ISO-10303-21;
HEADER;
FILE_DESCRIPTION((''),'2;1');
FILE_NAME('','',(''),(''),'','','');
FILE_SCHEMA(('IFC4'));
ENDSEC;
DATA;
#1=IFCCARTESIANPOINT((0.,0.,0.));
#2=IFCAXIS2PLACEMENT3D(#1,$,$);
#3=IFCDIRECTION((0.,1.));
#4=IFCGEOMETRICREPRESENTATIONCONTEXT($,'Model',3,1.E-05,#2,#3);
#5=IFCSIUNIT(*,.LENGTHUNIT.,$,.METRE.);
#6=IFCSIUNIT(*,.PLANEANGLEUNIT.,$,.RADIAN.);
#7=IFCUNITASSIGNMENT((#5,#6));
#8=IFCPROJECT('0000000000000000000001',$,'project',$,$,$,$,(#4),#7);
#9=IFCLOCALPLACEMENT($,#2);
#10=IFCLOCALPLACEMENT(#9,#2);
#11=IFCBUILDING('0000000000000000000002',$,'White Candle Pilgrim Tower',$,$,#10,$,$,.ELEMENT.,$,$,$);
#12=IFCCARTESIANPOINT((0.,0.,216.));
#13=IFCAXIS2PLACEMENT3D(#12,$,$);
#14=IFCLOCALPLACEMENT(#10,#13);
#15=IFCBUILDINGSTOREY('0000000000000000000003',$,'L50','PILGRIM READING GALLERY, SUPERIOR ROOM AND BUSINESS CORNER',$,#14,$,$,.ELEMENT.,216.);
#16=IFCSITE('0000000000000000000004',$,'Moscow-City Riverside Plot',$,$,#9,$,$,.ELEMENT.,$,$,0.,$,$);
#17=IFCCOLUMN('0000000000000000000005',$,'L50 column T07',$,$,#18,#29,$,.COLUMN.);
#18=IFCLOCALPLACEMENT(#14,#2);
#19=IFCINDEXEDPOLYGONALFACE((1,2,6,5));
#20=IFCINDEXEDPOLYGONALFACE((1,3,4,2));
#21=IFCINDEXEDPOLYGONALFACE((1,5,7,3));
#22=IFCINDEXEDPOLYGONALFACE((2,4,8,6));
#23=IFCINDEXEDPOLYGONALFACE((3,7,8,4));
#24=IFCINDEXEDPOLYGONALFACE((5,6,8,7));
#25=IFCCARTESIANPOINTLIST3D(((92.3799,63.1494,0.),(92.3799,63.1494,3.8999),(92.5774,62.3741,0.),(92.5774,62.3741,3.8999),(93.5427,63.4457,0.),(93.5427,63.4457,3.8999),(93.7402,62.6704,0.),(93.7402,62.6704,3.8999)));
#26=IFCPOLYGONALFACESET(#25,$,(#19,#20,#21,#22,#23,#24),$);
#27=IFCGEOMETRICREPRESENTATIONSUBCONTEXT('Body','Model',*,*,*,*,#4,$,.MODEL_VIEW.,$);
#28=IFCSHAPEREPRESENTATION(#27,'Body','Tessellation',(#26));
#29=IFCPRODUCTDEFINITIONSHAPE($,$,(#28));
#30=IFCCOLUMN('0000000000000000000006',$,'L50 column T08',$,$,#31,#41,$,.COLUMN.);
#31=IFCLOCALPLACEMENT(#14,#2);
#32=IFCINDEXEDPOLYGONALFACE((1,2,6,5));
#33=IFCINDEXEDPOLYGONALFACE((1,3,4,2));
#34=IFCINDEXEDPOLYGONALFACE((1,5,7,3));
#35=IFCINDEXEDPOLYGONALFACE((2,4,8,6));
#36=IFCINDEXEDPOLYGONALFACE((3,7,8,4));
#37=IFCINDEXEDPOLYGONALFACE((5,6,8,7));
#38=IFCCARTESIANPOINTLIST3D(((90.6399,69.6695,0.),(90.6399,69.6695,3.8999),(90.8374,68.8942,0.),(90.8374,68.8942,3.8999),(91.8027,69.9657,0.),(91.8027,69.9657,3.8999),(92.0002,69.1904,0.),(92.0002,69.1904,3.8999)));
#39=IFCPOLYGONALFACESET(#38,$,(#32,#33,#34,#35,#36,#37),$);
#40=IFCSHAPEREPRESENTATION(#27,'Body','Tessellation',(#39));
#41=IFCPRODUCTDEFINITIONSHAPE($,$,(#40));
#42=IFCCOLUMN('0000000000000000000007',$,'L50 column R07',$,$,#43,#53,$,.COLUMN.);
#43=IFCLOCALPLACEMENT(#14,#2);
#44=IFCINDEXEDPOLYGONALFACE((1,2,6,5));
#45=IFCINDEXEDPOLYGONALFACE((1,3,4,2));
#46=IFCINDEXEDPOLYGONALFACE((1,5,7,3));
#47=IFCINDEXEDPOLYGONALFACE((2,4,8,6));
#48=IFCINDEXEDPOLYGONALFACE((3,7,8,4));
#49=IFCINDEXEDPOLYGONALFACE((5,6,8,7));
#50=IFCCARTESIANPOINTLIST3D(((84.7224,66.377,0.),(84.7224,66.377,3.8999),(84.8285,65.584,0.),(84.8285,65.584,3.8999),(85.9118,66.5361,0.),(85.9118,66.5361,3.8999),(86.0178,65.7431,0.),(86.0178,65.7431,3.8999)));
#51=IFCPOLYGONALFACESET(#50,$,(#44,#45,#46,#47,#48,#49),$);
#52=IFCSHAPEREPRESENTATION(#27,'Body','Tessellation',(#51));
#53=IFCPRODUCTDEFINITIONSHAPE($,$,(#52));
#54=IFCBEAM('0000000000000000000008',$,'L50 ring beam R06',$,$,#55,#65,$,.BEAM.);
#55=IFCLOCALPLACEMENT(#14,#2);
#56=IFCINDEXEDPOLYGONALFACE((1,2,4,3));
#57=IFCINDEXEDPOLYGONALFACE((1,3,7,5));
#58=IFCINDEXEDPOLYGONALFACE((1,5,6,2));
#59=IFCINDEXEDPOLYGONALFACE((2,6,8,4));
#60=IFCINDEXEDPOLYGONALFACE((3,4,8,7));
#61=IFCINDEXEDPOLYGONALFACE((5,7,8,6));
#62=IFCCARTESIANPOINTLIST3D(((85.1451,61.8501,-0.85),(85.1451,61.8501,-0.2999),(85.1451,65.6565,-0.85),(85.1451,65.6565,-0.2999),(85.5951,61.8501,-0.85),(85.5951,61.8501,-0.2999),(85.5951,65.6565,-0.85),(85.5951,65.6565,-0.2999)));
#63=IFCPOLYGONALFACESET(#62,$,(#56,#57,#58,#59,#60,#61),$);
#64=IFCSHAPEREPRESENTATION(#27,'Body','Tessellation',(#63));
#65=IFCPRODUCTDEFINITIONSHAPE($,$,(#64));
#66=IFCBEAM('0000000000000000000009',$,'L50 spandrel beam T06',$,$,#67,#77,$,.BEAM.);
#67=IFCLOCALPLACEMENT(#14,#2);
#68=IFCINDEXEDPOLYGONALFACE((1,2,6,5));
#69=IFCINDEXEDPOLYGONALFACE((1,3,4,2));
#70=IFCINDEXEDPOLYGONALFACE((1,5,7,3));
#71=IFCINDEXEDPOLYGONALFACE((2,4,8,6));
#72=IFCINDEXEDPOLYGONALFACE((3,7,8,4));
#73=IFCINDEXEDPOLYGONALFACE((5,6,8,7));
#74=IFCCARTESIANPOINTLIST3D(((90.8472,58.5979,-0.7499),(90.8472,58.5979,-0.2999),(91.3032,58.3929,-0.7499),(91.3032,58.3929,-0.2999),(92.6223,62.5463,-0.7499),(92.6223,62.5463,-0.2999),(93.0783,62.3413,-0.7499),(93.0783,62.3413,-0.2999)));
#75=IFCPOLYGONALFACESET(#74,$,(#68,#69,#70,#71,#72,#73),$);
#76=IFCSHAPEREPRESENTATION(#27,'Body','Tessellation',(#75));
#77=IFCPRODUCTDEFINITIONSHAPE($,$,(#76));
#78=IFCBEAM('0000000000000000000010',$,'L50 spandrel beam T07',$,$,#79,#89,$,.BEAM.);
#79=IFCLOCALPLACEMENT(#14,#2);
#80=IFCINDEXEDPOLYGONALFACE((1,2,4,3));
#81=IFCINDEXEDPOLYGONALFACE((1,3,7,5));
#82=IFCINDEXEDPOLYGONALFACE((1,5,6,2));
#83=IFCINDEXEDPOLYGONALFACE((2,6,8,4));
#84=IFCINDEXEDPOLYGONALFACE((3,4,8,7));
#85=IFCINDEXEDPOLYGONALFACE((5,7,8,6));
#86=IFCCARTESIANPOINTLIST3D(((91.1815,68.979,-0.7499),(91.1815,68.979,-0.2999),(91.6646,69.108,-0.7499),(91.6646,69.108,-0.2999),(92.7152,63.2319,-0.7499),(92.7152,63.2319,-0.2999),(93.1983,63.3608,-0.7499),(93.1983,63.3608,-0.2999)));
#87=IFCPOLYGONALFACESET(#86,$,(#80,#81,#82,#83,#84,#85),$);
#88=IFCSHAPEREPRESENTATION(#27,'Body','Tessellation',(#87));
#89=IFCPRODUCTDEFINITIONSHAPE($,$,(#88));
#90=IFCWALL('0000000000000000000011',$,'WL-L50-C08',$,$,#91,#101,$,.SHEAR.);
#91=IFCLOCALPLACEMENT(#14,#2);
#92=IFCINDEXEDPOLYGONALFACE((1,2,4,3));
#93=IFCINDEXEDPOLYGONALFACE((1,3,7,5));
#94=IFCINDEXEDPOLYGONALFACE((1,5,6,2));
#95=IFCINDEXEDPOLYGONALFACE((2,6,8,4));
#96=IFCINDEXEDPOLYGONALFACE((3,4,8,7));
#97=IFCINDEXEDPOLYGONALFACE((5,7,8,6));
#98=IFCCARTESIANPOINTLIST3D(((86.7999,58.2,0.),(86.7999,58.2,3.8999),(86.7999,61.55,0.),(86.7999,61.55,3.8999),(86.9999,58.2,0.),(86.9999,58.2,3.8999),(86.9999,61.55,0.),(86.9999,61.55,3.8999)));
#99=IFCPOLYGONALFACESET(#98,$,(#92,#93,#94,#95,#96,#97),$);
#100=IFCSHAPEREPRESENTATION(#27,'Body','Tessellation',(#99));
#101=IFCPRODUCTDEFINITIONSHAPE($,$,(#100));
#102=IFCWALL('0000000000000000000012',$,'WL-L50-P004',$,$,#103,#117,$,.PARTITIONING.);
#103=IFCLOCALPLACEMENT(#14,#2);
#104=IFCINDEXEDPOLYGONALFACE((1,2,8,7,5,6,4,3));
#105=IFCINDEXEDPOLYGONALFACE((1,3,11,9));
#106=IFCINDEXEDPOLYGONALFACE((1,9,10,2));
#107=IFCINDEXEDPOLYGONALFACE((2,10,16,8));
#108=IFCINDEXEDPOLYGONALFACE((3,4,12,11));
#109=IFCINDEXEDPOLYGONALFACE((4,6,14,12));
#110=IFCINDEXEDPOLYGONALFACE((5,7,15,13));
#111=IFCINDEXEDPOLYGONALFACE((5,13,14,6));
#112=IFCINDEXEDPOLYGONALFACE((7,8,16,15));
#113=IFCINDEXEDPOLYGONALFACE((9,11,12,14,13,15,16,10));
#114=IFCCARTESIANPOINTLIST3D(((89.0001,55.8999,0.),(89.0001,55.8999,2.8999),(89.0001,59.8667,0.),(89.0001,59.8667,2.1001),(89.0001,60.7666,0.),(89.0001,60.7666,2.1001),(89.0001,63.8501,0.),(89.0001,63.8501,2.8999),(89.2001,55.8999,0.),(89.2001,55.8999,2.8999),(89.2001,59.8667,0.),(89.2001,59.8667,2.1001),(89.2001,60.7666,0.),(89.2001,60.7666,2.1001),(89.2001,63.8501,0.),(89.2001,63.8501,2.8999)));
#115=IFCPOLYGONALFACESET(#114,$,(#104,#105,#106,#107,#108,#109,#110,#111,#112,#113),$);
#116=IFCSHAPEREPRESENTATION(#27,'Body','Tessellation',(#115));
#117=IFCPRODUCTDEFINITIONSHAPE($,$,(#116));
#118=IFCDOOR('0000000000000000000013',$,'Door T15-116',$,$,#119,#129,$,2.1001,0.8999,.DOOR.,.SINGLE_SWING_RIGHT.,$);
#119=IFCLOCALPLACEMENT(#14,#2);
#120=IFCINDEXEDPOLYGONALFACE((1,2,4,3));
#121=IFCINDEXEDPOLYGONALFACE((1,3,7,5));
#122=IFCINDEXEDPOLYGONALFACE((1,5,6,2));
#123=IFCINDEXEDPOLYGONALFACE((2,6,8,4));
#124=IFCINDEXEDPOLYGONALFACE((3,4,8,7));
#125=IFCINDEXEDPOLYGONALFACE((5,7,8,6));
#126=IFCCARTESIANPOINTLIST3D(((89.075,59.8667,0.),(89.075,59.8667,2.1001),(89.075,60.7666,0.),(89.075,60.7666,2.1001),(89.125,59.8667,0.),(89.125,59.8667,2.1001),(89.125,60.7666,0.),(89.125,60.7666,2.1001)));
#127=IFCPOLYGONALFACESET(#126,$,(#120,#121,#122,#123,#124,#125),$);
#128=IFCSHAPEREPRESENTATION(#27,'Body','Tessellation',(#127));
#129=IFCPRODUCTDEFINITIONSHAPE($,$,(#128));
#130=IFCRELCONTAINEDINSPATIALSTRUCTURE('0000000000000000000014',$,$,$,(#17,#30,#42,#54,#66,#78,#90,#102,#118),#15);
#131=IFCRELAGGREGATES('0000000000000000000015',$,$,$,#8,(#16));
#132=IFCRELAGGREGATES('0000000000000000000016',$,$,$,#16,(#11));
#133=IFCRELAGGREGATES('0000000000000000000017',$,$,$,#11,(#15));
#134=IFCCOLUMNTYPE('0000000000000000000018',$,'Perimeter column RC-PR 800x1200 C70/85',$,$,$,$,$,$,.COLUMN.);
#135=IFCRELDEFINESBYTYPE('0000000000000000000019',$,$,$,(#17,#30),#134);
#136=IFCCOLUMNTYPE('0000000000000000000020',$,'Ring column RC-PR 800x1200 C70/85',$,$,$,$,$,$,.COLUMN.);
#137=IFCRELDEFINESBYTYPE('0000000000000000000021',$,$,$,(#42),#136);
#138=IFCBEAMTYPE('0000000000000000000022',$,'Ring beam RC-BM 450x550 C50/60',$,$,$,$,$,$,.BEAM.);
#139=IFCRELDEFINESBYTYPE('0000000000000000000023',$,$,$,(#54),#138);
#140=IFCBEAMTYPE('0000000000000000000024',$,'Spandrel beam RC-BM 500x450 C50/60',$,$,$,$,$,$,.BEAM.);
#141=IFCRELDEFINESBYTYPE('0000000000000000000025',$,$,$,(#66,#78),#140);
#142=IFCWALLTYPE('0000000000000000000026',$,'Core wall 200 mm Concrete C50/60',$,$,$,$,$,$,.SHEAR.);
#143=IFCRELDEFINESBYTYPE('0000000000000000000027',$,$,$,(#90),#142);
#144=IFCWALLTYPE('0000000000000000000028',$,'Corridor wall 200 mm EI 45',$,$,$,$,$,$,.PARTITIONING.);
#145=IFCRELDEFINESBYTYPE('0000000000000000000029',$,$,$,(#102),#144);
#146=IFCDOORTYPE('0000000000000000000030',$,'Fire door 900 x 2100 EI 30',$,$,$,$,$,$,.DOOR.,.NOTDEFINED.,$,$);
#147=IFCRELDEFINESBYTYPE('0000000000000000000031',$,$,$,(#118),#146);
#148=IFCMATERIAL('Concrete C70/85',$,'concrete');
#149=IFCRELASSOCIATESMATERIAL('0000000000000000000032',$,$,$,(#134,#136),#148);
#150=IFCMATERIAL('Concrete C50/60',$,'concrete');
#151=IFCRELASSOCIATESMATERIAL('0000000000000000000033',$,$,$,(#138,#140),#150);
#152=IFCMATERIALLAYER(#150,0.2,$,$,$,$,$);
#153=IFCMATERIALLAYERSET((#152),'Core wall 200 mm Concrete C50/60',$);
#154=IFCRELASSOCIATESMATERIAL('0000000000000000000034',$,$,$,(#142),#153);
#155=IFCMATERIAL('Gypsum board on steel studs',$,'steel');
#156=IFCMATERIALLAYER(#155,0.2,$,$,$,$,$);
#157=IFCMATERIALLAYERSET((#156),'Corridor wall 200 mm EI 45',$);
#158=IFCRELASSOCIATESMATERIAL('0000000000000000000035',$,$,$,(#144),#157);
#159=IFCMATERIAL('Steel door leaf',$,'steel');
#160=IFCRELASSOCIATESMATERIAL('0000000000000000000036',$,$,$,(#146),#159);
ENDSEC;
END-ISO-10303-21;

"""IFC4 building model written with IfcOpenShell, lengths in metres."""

from ifc_helpers import new_model, si_unit, direction, frame, frame_2d, origin, origin_2d, place, context, subcontext, project, spatial, rectangle, extrude, material, layer, layer_set, material_profile, profile_set, type_object, element, fill, save


model = new_model("IFC4")

# Units and contexts
model_context = context("Model", 3, precision=1e-05, world=origin(), true_north=direction((0.0, 1.0)))
body_context = subcontext(model_context, "Body", "Model", "MODEL_VIEW")
ifc_project = project(units=[si_unit("LENGTHUNIT", "METRE"), si_unit("PLANEANGLEUNIT", "RADIAN")], contexts=[model_context])

# Site, building, storey
site_placement = place(None, origin())
site = spatial("IfcSite", under=ifc_project, at=site_placement, Name="Moscow-City Riverside Plot", CompositionType="ELEMENT", RefElevation=0.0)
building_placement = place(site_placement, origin())
building = spatial("IfcBuilding", under=site, at=building_placement, Name="White Candle Pilgrim Tower", CompositionType="ELEMENT")
storey_placement = place(building_placement, frame((0.0, 0.0, 216.0)))
storey = spatial("IfcBuildingStorey", under=building, at=storey_placement, Name="L50", Description="PILGRIM READING GALLERY, SUPERIOR ROOM AND BUSINESS CORNER", CompositionType="ELEMENT", Elevation=216.0)

# Columns
ifc_material_1 = material(Name="Concrete C70/85", Category="concrete")
ifc_material_profile_1 = material_profile(ifc_material_1, rectangle(XDim=0.8, YDim=1.2, at=origin_2d()), Name="RC-PR 800x1200")
ifc_profile_set_1 = profile_set([ifc_material_profile_1], Name="Concrete C70/85")
column_type_1 = type_object("IfcColumnType", Name="Perimeter column RC-PR 800x1200 C70/85", PredefinedType="COLUMN", material=ifc_profile_set_1)
for number, where, z_axis, x_axis, name in (
    (1, (93.0601, 62.9099, 0.0), (0.0, 0.0, 1.0), (0.246881, -0.969046, 0.0), "L50 column T07"),
    (2, (91.3201, 69.4299, 0.0), (0.0, 0.0, 1.0), (0.246881, -0.969046, 0.0), "L50 column T08"),
):
    element("IfcColumn", number, at=place(storey_placement, frame(where, z_axis=z_axis, x_axis=x_axis)), inside=storey, type_object=column_type_1, Name=name, PredefinedType="COLUMN", context=body_context, shape_type="SweptSolid", body=[
        extrude(rectangle(XDim=0.8, YDim=1.2, at=origin_2d()), origin(), (0.0, 0.0, 1.0), 3.8999),
    ])
ifc_material_profile_2 = material_profile(ifc_material_1, rectangle(XDim=0.8, YDim=1.2, at=origin_2d()), Name="RC-PR 800x1200")
ifc_profile_set_2 = profile_set([ifc_material_profile_2], Name="Concrete C70/85")
column_type_2 = type_object("IfcColumnType", Name="Ring column RC-PR 800x1200 C70/85", PredefinedType="COLUMN", material=ifc_profile_set_2)
column_placement = place(storey_placement, frame((85.3701, 66.0601, 0.0), z_axis=(0.0, 0.0, 1.0), x_axis=(0.132602, -0.991169, 0.0)))
element("IfcColumn", 3, at=column_placement, inside=storey, type_object=column_type_2, Name="L50 column R07", PredefinedType="COLUMN", context=body_context, shape_type="SweptSolid", body=[
    extrude(rectangle(XDim=0.8, YDim=1.2, at=origin_2d()), origin(), (0.0, 0.0, 1.0), 3.8999),
])

# Beams
ifc_material_2 = material(Name="Concrete C50/60", Category="concrete")
ifc_material_profile_3 = material_profile(ifc_material_2, rectangle(XDim=0.45, YDim=0.55, at=origin_2d()), Name="RC-BM 450x550")
ifc_profile_set_3 = profile_set([ifc_material_profile_3], Name="Concrete C50/60")
beam_type_1 = type_object("IfcBeamType", Name="Ring beam RC-BM 450x550 C50/60", PredefinedType="BEAM", material=ifc_profile_set_3)
beam_1_placement = place(storey_placement, frame((85.3701, 65.6565, -0.575), z_axis=(0.0, -1.0, 0.0), x_axis=(1.0, 0.0, 0.0)))
element("IfcBeam", 4, at=beam_1_placement, inside=storey, type_object=beam_type_1, Name="L50 ring beam R06", PredefinedType="BEAM", context=body_context, shape_type="SweptSolid", body=[
    extrude(rectangle(XDim=0.45, YDim=0.55, at=origin_2d()), origin(), (0.0, 0.0, 1.0), 3.8064),
])
ifc_material_profile_4 = material_profile(ifc_material_2, rectangle(XDim=0.5, YDim=0.45, at=origin_2d()), Name="RC-BM 500x450")
ifc_profile_set_4 = profile_set([ifc_material_profile_4], Name="Concrete C50/60")
beam_type_2 = type_object("IfcBeamType", Name="Spandrel beam RC-BM 500x450 C50/60", PredefinedType="BEAM", material=ifc_profile_set_4)
beam_2_placement = place(storey_placement, frame((91.0752, 58.4954, -0.5249), z_axis=(0.410043, 0.912066, 0.0), x_axis=(-0.912066, 0.410043, 0.0)))
element("IfcBeam", 5, at=beam_2_placement, inside=storey, type_object=beam_type_2, Name="L50 spandrel beam T06", PredefinedType="BEAM", context=body_context, shape_type="SweptSolid", body=[
    extrude(rectangle(XDim=0.5, YDim=0.45, at=origin_2d()), origin(), (0.0, 0.0, 1.0), 4.3291),
])
beam_3_placement = place(storey_placement, frame((92.9568, 63.2964, -0.5249), z_axis=(-0.257841, 0.966187, 0.0), x_axis=(-0.966187, -0.257841, 0.0)))
element("IfcBeam", 6, at=beam_3_placement, inside=storey, type_object=beam_type_2, Name="L50 spandrel beam T07", PredefinedType="BEAM", context=body_context, shape_type="SweptSolid", body=[
    extrude(rectangle(XDim=0.5, YDim=0.45, at=origin_2d()), origin(), (0.0, 0.0, 1.0), 5.9482),
])

# Wall
ifc_layer_1 = layer(ifc_material_2, 0.2)
ifc_layer_set_1 = layer_set([ifc_layer_1], Name="Core wall 200 mm Concrete C50/60")
wall_type_1 = type_object("IfcWallType", Name="Core wall 200 mm Concrete C50/60", PredefinedType="SHEAR", material=ifc_layer_set_1)
wall_1_placement = place(storey_placement, frame((86.8999, 58.2, 0.0), z_axis=(0.0, 0.0, 1.0), x_axis=(0.0, 1.0, 0.0)))
element("IfcWall", 7, at=wall_1_placement, inside=storey, type_object=wall_type_1, Name="WL-L50-C08", PredefinedType="SHEAR", context=body_context, shape_type="SweptSolid", body=[
    extrude(rectangle(XDim=3.3501, YDim=0.2, at=frame_2d((1.675, 0.0))), origin(), (0.0, 0.0, 1.0), 3.8999),
])

# Wall, opening, door
ifc_material_3 = material(Name="Gypsum board on steel studs", Category="steel")
ifc_layer_2 = layer(ifc_material_3, 0.2)
ifc_layer_set_2 = layer_set([ifc_layer_2], Name="Corridor wall 200 mm EI 45")
wall_type_2 = type_object("IfcWallType", Name="Corridor wall 200 mm EI 45", PredefinedType="PARTITIONING", material=ifc_layer_set_2)
wall_2_placement = place(storey_placement, frame((89.1001, 63.8501, 0.0), z_axis=(0.0, 0.0, 1.0), x_axis=(0.0, -1.0, 0.0)))
wall_2 = element("IfcWall", 8, at=wall_2_placement, inside=storey, type_object=wall_type_2, Name="WL-L50-P004", PredefinedType="PARTITIONING", context=body_context, shape_type="SweptSolid", body=[
    extrude(rectangle(XDim=7.9502, YDim=0.2, at=frame_2d((3.9751, 0.0))), origin(), (0.0, 0.0, 1.0), 2.8999),
])
opening_1_placement = place(wall_2_placement, frame((3.0835, 0.0, 0.0)))
opening_1 = element("IfcOpeningElement", 9, at=opening_1_placement, cuts=wall_2, PredefinedType="OPENING", context=body_context, shape_type="SweptSolid", body=[
    extrude(rectangle(XDim=0.8999, YDim=2.1001, at=frame_2d((0.45, 1.05))), frame((0.0, 0.1099, 0.0), z_axis=(0.0, -1.0, 0.0), x_axis=(1.0, 0.0, 0.0)), (0.0, 0.0, 1.0), 0.22),
])
ifc_material_4 = material(Name="Steel door leaf", Category="steel")
door_type_1 = type_object("IfcDoorType", Name="Fire door 900 x 2100 EI 30", OperationType="NOTDEFINED", PredefinedType="DOOR", material=ifc_material_4)
door_1_placement = place(opening_1_placement, origin())
door_1 = element("IfcDoor", 10, at=door_1_placement, inside=storey, type_object=door_type_1, Name="Door T15-116", OperationType="SINGLE_SWING_RIGHT", OverallHeight=2.1001, OverallWidth=0.8999, PredefinedType="DOOR", context=body_context, shape_type="SweptSolid", body=[
    extrude(rectangle(XDim=0.8999, YDim=2.1001, at=frame_2d((0.45, 1.05))), frame((0.0, 0.0249, 0.0), z_axis=(0.0, -1.0, 0.0), x_axis=(1.0, 0.0, 0.0)), (0.0, 0.0, 1.0), 0.05),
])
fill(opening_1, door_1)

save(model, "model.ifc")
